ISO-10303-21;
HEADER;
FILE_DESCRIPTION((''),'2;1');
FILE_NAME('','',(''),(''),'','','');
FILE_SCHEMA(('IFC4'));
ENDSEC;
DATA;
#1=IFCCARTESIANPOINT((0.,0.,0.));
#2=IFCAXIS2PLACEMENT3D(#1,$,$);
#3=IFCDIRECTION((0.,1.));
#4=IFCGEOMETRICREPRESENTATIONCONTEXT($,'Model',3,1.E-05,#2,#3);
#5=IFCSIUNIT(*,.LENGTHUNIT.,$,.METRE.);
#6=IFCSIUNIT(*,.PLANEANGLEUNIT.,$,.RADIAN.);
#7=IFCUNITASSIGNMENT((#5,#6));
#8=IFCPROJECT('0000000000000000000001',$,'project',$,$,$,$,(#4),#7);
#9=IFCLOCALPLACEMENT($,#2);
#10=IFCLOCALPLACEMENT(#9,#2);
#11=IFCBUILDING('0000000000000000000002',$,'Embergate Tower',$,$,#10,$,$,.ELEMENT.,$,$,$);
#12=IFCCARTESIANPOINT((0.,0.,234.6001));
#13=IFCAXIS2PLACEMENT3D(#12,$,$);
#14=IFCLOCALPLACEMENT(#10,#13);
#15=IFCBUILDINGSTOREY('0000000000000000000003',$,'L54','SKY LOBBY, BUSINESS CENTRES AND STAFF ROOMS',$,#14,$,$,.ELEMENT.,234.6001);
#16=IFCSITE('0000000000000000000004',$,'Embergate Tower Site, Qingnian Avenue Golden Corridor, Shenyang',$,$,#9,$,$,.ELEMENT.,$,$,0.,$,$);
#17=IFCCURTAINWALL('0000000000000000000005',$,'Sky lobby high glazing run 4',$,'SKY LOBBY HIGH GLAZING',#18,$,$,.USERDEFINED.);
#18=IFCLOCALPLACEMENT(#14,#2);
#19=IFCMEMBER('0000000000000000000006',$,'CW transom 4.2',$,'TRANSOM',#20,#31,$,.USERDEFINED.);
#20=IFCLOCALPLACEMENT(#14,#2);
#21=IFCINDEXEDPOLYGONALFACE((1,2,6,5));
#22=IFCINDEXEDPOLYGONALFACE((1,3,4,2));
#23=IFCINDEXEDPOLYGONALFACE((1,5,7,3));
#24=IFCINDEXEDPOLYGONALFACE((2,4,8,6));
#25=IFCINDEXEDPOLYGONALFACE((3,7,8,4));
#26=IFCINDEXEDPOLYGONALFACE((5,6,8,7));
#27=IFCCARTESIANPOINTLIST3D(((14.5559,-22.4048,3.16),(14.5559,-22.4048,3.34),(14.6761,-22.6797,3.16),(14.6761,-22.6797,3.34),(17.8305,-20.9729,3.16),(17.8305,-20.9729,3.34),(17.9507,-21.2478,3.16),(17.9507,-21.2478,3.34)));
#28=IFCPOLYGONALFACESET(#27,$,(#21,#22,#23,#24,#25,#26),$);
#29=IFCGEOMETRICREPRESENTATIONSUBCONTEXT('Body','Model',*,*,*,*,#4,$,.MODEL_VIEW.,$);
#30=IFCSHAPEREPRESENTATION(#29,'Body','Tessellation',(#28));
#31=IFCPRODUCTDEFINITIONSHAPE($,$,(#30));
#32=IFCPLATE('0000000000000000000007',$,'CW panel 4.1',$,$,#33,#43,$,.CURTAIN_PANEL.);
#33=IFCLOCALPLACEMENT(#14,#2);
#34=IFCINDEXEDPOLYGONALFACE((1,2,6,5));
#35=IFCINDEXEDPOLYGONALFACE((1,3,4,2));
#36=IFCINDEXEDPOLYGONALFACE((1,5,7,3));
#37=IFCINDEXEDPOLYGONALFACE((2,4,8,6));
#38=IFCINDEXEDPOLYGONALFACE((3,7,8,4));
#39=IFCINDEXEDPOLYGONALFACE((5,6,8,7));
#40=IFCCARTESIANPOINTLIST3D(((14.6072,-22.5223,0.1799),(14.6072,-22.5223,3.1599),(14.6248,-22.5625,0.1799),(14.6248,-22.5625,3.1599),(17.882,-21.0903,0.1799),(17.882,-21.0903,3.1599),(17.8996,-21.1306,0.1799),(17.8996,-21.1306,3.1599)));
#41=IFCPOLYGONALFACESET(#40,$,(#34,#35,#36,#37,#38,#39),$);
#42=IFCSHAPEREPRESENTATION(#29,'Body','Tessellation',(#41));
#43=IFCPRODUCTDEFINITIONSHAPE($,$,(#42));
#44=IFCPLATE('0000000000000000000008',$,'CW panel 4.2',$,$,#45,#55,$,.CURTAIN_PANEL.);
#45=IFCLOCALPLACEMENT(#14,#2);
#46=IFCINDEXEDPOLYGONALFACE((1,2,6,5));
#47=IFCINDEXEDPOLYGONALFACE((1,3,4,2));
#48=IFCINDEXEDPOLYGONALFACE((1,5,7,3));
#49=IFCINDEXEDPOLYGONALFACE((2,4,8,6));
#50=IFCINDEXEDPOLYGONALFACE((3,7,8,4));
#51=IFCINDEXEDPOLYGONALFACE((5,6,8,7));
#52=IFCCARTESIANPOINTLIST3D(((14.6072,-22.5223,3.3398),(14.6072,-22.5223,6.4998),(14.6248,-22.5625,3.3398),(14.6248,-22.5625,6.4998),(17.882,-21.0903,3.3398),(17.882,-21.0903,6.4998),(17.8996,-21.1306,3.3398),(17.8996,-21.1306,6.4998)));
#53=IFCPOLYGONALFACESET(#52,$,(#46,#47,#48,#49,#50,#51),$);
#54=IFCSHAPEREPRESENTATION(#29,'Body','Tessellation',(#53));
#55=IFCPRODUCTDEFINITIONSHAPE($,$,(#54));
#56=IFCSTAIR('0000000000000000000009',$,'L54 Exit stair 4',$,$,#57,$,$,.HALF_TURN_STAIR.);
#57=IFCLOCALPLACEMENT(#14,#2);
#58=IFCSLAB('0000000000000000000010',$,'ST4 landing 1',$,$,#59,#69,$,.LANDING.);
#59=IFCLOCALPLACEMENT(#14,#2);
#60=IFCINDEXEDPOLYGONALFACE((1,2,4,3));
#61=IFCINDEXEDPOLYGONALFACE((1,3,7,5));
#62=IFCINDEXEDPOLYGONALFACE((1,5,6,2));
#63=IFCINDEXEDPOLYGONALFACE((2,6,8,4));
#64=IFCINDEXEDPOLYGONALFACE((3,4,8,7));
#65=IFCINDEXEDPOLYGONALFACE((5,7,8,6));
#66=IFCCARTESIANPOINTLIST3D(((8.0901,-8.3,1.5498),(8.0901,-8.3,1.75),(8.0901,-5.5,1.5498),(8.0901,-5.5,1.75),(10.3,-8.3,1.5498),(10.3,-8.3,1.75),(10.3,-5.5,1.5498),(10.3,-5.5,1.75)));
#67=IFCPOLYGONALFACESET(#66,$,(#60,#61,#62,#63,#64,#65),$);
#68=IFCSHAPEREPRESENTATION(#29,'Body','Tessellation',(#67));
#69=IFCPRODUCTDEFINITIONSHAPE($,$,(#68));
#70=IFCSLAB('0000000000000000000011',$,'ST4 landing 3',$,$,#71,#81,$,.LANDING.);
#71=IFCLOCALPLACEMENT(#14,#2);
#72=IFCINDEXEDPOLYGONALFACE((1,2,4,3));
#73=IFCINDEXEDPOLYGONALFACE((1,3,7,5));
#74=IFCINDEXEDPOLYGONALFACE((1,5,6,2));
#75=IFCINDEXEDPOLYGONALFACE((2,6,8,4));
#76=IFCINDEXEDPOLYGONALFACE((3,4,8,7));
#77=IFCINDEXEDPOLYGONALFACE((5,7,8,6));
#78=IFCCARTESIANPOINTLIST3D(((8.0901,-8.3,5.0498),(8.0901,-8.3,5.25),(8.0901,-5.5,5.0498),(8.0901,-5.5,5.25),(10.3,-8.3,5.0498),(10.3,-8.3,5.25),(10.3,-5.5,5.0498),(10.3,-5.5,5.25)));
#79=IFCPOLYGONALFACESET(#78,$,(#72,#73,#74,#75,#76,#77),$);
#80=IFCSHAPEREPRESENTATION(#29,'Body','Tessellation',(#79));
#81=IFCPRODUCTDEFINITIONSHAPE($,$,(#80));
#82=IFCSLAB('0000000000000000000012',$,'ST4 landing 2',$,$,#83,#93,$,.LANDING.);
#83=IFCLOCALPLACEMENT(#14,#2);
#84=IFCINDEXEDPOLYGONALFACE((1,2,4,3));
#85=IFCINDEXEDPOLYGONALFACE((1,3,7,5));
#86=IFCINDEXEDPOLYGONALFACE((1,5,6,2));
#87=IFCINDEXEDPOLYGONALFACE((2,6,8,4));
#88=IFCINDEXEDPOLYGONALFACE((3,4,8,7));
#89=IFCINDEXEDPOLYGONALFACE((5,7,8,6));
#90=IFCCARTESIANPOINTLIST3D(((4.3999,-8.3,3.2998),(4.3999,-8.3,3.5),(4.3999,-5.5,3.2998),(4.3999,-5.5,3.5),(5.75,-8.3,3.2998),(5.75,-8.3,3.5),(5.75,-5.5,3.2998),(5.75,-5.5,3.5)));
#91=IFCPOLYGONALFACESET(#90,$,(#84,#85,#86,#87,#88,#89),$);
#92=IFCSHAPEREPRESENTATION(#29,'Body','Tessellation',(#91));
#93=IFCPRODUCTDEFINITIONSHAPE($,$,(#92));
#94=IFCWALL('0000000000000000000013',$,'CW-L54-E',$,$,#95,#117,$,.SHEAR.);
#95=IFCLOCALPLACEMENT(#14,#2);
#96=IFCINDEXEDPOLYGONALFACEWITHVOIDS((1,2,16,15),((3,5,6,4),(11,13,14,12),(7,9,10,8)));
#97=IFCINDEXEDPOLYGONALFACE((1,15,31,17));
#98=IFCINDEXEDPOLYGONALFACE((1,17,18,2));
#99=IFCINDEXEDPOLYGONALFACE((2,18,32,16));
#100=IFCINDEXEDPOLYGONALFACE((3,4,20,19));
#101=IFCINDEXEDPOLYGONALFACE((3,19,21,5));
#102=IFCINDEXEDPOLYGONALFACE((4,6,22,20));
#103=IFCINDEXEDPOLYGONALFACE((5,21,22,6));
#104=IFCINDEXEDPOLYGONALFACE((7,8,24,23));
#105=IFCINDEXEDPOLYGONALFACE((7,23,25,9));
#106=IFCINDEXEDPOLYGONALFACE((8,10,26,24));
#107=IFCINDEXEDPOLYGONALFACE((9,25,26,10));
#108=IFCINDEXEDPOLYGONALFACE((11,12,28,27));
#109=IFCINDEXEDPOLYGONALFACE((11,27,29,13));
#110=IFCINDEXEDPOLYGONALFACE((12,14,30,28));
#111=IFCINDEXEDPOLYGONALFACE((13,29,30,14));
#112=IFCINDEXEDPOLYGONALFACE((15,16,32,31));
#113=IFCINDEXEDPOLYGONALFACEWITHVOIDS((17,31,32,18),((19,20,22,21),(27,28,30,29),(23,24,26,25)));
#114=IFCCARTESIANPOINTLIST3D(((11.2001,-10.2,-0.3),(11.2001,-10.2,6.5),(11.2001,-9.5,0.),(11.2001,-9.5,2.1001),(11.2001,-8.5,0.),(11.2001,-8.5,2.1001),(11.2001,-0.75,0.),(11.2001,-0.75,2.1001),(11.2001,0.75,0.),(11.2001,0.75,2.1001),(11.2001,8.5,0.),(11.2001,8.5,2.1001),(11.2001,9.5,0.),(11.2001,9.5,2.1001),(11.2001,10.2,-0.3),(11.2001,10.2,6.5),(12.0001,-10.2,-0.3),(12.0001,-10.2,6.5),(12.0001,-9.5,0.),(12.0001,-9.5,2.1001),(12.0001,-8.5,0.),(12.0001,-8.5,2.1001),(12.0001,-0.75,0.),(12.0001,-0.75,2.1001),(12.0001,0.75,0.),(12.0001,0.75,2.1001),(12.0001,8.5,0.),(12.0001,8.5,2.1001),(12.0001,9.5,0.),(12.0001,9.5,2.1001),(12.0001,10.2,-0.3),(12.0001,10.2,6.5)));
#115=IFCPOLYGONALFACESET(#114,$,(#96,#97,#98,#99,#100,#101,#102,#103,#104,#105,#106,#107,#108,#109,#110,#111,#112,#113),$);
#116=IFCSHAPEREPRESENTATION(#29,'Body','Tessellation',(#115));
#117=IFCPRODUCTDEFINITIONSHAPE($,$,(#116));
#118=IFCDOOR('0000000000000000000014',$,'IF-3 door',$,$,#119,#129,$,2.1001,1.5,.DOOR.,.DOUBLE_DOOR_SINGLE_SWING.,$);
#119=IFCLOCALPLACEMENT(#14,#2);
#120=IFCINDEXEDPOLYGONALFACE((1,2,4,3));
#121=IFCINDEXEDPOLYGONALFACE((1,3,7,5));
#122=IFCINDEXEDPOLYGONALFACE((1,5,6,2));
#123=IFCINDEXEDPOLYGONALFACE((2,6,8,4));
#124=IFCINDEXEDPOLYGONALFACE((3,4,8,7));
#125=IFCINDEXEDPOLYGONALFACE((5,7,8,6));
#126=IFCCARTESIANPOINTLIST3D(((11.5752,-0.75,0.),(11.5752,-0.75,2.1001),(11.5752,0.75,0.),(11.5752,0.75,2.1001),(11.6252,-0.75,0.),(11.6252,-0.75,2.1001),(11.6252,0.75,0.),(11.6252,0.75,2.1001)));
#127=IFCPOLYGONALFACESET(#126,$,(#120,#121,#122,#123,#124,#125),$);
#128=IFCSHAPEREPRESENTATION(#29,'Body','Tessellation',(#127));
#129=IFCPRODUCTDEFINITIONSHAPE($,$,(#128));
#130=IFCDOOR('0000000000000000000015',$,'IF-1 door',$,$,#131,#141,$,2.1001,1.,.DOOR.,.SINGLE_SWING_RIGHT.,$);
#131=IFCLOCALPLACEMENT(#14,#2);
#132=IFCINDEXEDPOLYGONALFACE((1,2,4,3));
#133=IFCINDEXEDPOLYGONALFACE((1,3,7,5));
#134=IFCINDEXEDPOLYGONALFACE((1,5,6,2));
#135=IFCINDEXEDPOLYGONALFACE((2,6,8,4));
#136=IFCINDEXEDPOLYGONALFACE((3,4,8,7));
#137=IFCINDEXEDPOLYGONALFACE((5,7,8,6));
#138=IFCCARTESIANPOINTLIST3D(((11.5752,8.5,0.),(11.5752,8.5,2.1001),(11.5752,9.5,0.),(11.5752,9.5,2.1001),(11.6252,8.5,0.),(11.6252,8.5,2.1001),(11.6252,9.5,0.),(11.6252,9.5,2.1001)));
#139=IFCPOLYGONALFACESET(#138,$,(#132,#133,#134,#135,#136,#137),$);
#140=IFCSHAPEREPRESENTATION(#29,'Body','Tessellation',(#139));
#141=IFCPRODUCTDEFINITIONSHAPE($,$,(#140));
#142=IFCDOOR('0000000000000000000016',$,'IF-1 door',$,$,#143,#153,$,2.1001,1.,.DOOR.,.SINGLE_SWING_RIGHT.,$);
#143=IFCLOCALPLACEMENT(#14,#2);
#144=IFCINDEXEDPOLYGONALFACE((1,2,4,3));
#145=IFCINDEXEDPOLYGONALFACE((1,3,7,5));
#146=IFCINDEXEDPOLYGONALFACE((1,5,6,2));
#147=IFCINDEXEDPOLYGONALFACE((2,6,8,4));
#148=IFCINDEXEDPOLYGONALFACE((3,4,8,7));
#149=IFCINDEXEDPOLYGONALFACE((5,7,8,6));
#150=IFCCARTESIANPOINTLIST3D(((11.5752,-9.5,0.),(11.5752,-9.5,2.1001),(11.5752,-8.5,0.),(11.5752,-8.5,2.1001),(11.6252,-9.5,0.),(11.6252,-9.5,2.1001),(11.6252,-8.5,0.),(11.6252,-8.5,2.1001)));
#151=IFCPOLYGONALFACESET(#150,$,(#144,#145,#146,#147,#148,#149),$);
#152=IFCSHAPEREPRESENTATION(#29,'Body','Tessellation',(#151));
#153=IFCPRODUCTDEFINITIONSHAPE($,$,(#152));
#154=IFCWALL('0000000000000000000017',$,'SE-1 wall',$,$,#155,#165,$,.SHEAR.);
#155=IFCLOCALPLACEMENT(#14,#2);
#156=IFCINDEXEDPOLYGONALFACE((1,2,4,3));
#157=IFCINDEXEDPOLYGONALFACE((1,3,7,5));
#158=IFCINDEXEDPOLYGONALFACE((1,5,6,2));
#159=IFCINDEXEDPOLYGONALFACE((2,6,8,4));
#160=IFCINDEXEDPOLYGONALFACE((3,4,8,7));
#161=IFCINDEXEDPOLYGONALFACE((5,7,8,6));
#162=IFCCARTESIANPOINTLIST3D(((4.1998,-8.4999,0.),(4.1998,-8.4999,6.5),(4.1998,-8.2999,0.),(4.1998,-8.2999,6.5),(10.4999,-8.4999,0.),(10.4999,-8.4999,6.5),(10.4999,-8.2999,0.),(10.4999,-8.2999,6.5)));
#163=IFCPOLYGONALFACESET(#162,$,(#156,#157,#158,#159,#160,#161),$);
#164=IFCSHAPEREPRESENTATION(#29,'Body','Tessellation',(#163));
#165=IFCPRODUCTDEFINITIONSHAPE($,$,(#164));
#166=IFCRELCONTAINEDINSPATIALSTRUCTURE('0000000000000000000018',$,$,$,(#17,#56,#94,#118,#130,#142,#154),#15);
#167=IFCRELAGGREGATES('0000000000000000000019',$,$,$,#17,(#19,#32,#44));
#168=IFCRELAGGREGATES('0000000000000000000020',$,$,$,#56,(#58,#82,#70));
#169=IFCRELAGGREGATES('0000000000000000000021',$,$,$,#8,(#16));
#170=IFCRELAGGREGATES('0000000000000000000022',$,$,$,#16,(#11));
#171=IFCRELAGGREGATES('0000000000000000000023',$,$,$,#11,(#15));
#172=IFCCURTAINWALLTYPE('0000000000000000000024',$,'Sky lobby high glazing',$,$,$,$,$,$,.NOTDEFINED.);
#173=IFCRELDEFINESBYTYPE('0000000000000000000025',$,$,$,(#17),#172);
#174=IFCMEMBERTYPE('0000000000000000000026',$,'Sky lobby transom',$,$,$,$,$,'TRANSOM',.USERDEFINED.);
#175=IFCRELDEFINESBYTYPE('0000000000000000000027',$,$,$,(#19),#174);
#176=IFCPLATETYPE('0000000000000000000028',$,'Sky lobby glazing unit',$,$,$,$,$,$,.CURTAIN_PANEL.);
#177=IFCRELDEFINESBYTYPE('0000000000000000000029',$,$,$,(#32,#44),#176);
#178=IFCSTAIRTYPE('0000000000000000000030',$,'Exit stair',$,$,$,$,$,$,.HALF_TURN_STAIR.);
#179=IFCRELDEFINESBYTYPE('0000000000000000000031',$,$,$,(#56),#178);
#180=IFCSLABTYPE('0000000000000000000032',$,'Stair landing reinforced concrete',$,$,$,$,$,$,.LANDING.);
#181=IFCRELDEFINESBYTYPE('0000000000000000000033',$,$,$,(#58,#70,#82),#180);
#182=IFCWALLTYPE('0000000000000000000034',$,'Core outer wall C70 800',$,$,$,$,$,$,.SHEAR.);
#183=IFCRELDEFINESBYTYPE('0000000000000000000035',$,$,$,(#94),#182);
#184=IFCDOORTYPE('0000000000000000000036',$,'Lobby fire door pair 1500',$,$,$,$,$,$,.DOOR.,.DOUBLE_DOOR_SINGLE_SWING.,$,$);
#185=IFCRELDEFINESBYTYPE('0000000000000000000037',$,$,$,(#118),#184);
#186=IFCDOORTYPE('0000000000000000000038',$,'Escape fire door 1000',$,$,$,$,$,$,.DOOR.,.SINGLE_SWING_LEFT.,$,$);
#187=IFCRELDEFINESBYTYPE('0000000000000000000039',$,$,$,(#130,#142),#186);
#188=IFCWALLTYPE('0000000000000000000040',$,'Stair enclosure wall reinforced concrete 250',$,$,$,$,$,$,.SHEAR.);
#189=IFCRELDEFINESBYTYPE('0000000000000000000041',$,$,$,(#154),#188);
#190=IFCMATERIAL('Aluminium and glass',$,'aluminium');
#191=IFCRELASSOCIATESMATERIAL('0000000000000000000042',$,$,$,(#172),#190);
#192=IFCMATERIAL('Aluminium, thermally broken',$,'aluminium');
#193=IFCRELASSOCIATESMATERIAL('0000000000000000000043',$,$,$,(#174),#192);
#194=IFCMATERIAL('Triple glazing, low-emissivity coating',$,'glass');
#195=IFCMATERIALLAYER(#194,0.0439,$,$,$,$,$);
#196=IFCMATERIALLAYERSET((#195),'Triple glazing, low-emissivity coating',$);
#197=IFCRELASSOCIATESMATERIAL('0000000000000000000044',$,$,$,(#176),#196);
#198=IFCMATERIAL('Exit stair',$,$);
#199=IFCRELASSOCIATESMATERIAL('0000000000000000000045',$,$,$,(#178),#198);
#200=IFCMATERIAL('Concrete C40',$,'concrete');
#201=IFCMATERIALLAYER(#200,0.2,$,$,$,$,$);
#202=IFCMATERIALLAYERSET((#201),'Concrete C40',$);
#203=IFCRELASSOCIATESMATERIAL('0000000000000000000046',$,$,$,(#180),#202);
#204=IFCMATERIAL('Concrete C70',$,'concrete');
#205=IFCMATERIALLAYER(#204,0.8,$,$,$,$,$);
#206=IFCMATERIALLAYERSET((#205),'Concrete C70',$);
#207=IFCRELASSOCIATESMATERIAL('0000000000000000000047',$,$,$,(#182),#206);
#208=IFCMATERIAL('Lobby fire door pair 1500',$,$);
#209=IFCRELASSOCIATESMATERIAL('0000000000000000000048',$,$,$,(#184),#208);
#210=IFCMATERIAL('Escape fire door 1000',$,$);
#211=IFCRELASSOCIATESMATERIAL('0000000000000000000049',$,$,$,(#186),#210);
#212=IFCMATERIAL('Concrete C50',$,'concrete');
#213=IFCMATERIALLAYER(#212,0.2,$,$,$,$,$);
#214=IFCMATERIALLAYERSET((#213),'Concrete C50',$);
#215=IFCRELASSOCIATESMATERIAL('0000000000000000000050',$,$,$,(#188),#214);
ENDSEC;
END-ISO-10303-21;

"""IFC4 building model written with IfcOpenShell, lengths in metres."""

from ifc_helpers import new_model, si_unit, direction, frame, frame_2d, origin, origin_2d, place, context, subcontext, project, spatial, polyline, rectangle, outline, extrude, source, transform, mapped, material, layer, layer_set, material_profile, profile_set, type_object, element, fill, aggregate, save


model = new_model("IFC4")

# Units and contexts
model_context = context("Model", 3, precision=1e-05, world=origin(), true_north=direction((0.0, 1.0)))
body_context = subcontext(model_context, "Body", "Model", "MODEL_VIEW")
ifc_project = project(units=[si_unit("LENGTHUNIT", "METRE"), si_unit("PLANEANGLEUNIT", "RADIAN")], contexts=[model_context])

# Site, building, storey
site_placement = place(None, origin())
site = spatial("IfcSite", under=ifc_project, at=site_placement, Name="Embergate Tower Site, Qingnian Avenue Golden Corridor, Shenyang", CompositionType="ELEMENT", RefElevation=0.0)
building_placement = place(site_placement, origin())
building = spatial("IfcBuilding", under=site, at=building_placement, Name="Embergate Tower", CompositionType="ELEMENT")
storey_placement = place(building_placement, frame((0.0, 0.0, 234.6001)))
storey = spatial("IfcBuildingStorey", under=building, at=storey_placement, Name="L54", Description="SKY LOBBY, BUSINESS CENTRES AND STAFF ROOMS", CompositionType="ELEMENT", Elevation=234.6001)

# Curtain wall, member, plates
ifc_material_1 = material(Name="Aluminium and glass", Category="aluminium")
curtain_wall_type = type_object("IfcCurtainWallType", Name="Sky lobby high glazing", PredefinedType="NOTDEFINED", material=ifc_material_1)
curtain_wall_placement = place(storey_placement, origin())
curtain_wall = element("IfcCurtainWall", 1, at=curtain_wall_placement, inside=storey, type_object=curtain_wall_type, Name="Sky lobby high glazing run 4", ObjectType="SKY LOBBY HIGH GLAZING", PredefinedType="USERDEFINED")
ifc_material_2 = material(Name="Aluminium, thermally broken", Category="aluminium")
ifc_material_profile = material_profile(ifc_material_2, rectangle(XDim=0.3, YDim=0.1799, at=origin_2d()), Name="AL 180x300")
ifc_profile_set = profile_set([ifc_material_profile], Name="Aluminium, thermally broken")
member_type = type_object("IfcMemberType", Name="Sky lobby transom", ElementType="TRANSOM", PredefinedType="USERDEFINED", material=ifc_profile_set)
shared_shape_1 = source(origin(), body_context, "Body", "SweptSolid", [
    extrude(rectangle(XDim=0.3, YDim=0.1799, at=origin_2d()), origin(), (0.0, 0.0, 1.0), 3.574),
])
member_placement = place(storey_placement, frame((14.616, -22.5422, 3.25), z_axis=(0.916237, 0.400636, 0.0), x_axis=(-0.400636, 0.916237, 0.0)))
member = element("IfcMember", 2, at=member_placement, type_object=member_type, Name="CW transom 4.2", ObjectType="TRANSOM", PredefinedType="USERDEFINED", context=body_context, shape_type="MappedRepresentation", body=[
    mapped(shared_shape_1, transform((0.0, 0.0, 0.0))),
])
ifc_material_3 = material(Name="Triple glazing, low-emissivity coating", Category="glass")
ifc_layer_1 = layer(ifc_material_3, 0.0439)
ifc_layer_set_1 = layer_set([ifc_layer_1], Name="Triple glazing, low-emissivity coating")
plate_type = type_object("IfcPlateType", Name="Sky lobby glazing unit", PredefinedType="CURTAIN_PANEL", material=ifc_layer_set_1)
shared_shape_2 = source(origin(), body_context, "Body", "SweptSolid", [
    extrude(rectangle(XDim=3.5742, YDim=0.0439, at=origin_2d()), origin(), (0.0, 0.0, 1.0), 2.98),
])
plate_1_placement = place(storey_placement, frame((16.2534, -21.8264, 0.1799), z_axis=(0.0, 0.0, 1.0), x_axis=(0.916236, 0.400638, 0.0)))
plate_1 = element("IfcPlate", 3, at=plate_1_placement, type_object=plate_type, Name="CW panel 4.1", PredefinedType="CURTAIN_PANEL", context=body_context, shape_type="MappedRepresentation", body=[
    mapped(shared_shape_2, transform((0.0, 0.0, 0.0))),
])
shared_shape_3 = source(origin(), body_context, "Body", "SweptSolid", [
    extrude(rectangle(XDim=3.5742, YDim=0.0439, at=origin_2d()), origin(), (0.0, 0.0, 1.0), 3.1599),
])
plate_2_placement = place(storey_placement, frame((16.2534, -21.8264, 3.3398), z_axis=(0.0, 0.0, 1.0), x_axis=(0.916236, 0.400638, 0.0)))
plate_2 = element("IfcPlate", 4, at=plate_2_placement, type_object=plate_type, Name="CW panel 4.2", PredefinedType="CURTAIN_PANEL", context=body_context, shape_type="MappedRepresentation", body=[
    mapped(shared_shape_3, transform((0.0, 0.0, 0.0))),
])
aggregate(curtain_wall, [member, plate_1, plate_2])

# Stair, slabs
ifc_material_4 = material(Name="Exit stair")
stair_type = type_object("IfcStairType", Name="Exit stair", PredefinedType="HALF_TURN_STAIR", material=ifc_material_4)
stair_placement = place(storey_placement, origin())
stair = element("IfcStair", 5, at=stair_placement, inside=storey, type_object=stair_type, Name="L54 Exit stair 4", PredefinedType="HALF_TURN_STAIR")
ifc_material_5 = material(Name="Concrete C40", Category="concrete")
ifc_layer_2 = layer(ifc_material_5, 0.2)
ifc_layer_set_2 = layer_set([ifc_layer_2], Name="Concrete C40")
slab_type = type_object("IfcSlabType", Name="Stair landing reinforced concrete", PredefinedType="LANDING", material=ifc_layer_set_2)
shared_shape_4 = source(origin(), body_context, "Body", "SweptSolid", [
    extrude(outline(polyline([(0.0, 0.0), (2.21, 0.0), (2.21, 2.8), (0.0, 2.8), (0.0, 0.0)])), origin(), (0.0, 0.0, 1.0), 0.2002),
])
slab_1_placement = place(storey_placement, frame((8.0901, -8.3, 1.5498)))
slab_1 = element("IfcSlab", 6, at=slab_1_placement, type_object=slab_type, Name="ST4 landing 1", PredefinedType="LANDING", context=body_context, shape_type="MappedRepresentation", body=[
    mapped(shared_shape_4, transform((0.0, 0.0, 0.0))),
])
slab_2_placement = place(storey_placement, frame((8.0901, -8.3, 5.0498)))
slab_2 = element("IfcSlab", 7, at=slab_2_placement, type_object=slab_type, Name="ST4 landing 3", PredefinedType="LANDING", context=body_context, shape_type="MappedRepresentation", body=[
    mapped(shared_shape_4, transform((0.0, 0.0, 0.0))),
])
shared_shape_5 = source(origin(), body_context, "Body", "SweptSolid", [
    extrude(outline(polyline([(0.0, 0.0), (1.3501, 0.0), (1.3501, 2.8), (0.0, 2.8), (0.0, 0.0)])), origin(), (0.0, 0.0, 1.0), 0.2002),
])
slab_3_placement = place(storey_placement, frame((4.3999, -8.3, 3.2998)))
slab_3 = element("IfcSlab", 8, at=slab_3_placement, type_object=slab_type, Name="ST4 landing 2", PredefinedType="LANDING", context=body_context, shape_type="MappedRepresentation", body=[
    mapped(shared_shape_5, transform((0.0, 0.0, 0.0))),
])

# Wall, openings, doors
ifc_material_6 = material(Name="Concrete C70", Category="concrete")
ifc_layer_3 = layer(ifc_material_6, 0.8)
ifc_layer_set_3 = layer_set([ifc_layer_3], Name="Concrete C70")
wall_type_1 = type_object("IfcWallType", Name="Core outer wall C70 800", PredefinedType="SHEAR", material=ifc_layer_set_3)
shared_shape_6 = source(origin(), body_context, "Body", "SweptSolid", [
    extrude(rectangle(XDim=20.3999, YDim=0.8, at=frame_2d((10.2, 0.0))), origin(), (0.0, 0.0, 1.0), 6.8),
])
wall_1_placement = place(storey_placement, frame((11.6001, -10.2, -0.3), z_axis=(0.0, 0.0, 1.0), x_axis=(0.0, 1.0, 0.0)))
wall_1 = element("IfcWall", 9, at=wall_1_placement, inside=storey, type_object=wall_type_1, Name="CW-L54-E", PredefinedType="SHEAR", context=body_context, shape_type="MappedRepresentation", body=[
    mapped(shared_shape_6, transform((0.0, 0.0, 0.0))),
])
shared_shape_7 = source(origin(), body_context, "Body", "SweptSolid", [
    extrude(rectangle(XDim=1.0, YDim=2.1001, at=frame_2d((0.5, 1.05))), frame((0.0, 0.4099, 0.0), z_axis=(0.0, -1.0, 0.0), x_axis=(1.0, 0.0, 0.0)), (0.0, 0.0, 1.0), 0.8201),
])
opening_1_placement = place(wall_1_placement, frame((18.7, 0.0, 0.3)))
opening_1 = element("IfcOpeningElement", 10, at=opening_1_placement, cuts=wall_1, PredefinedType="OPENING", context=body_context, shape_type="MappedRepresentation", body=[
    mapped(shared_shape_7, transform((0.0, 0.0, 0.0))),
])
opening_2_placement = place(wall_1_placement, frame((0.7, 0.0, 0.3)))
opening_2 = element("IfcOpeningElement", 11, at=opening_2_placement, cuts=wall_1, PredefinedType="OPENING", context=body_context, shape_type="MappedRepresentation", body=[
    mapped(shared_shape_7, transform((0.0, 0.0, 0.0))),
])
shared_shape_8 = source(origin(), body_context, "Body", "SweptSolid", [
    extrude(rectangle(XDim=1.5, YDim=2.1001, at=frame_2d((0.75, 1.05))), frame((0.0, 0.4099, 0.0), z_axis=(0.0, -1.0, 0.0), x_axis=(1.0, 0.0, 0.0)), (0.0, 0.0, 1.0), 0.8201),
])
opening_3_placement = place(wall_1_placement, frame((9.45, 0.0, 0.3)))
opening_3 = element("IfcOpeningElement", 12, at=opening_3_placement, cuts=wall_1, PredefinedType="OPENING", context=body_context, shape_type="MappedRepresentation", body=[
    mapped(shared_shape_8, transform((0.0, 0.0, 0.0))),
])
ifc_material_7 = material(Name="Lobby fire door pair 1500")
door_type_1 = type_object("IfcDoorType", Name="Lobby fire door pair 1500", OperationType="DOUBLE_DOOR_SINGLE_SWING", PredefinedType="DOOR", material=ifc_material_7)
shared_shape_9 = source(origin(), body_context, "Body", "SweptSolid", [
    extrude(rectangle(XDim=1.5, YDim=2.1001, at=frame_2d((0.75, 1.05))), frame((0.0, 0.0249, 0.0), z_axis=(0.0, -1.0, 0.0), x_axis=(1.0, 0.0, 0.0)), (0.0, 0.0, 1.0), 0.05),
])
door_1_placement = place(opening_3_placement, origin())
door_1 = element("IfcDoor", 13, at=door_1_placement, inside=storey, type_object=door_type_1, Name="IF-3 door", OperationType="DOUBLE_DOOR_SINGLE_SWING", OverallHeight=2.1001, OverallWidth=1.5, PredefinedType="DOOR", context=body_context, shape_type="MappedRepresentation", body=[
    mapped(shared_shape_9, transform((0.0, 0.0, 0.0))),
])
fill(opening_3, door_1)
ifc_material_8 = material(Name="Escape fire door 1000")
door_type_2 = type_object("IfcDoorType", Name="Escape fire door 1000", OperationType="SINGLE_SWING_LEFT", PredefinedType="DOOR", material=ifc_material_8)
shared_shape_10 = source(origin(), body_context, "Body", "SweptSolid", [
    extrude(rectangle(XDim=1.0, YDim=2.1001, at=frame_2d((0.5, 1.05))), frame((0.0, 0.0249, 0.0), z_axis=(0.0, -1.0, 0.0), x_axis=(1.0, 0.0, 0.0)), (0.0, 0.0, 1.0), 0.05),
])
door_2_placement = place(opening_1_placement, origin())
door_2 = element("IfcDoor", 14, at=door_2_placement, inside=storey, type_object=door_type_2, Name="IF-1 door", OperationType="SINGLE_SWING_RIGHT", OverallHeight=2.1001, OverallWidth=1.0, PredefinedType="DOOR", context=body_context, shape_type="MappedRepresentation", body=[
    mapped(shared_shape_10, transform((0.0, 0.0, 0.0))),
])
fill(opening_1, door_2)
door_3_placement = place(opening_2_placement, origin())
door_3 = element("IfcDoor", 15, at=door_3_placement, inside=storey, type_object=door_type_2, Name="IF-1 door", OperationType="SINGLE_SWING_RIGHT", OverallHeight=2.1001, OverallWidth=1.0, PredefinedType="DOOR", context=body_context, shape_type="MappedRepresentation", body=[
    mapped(shared_shape_10, transform((0.0, 0.0, 0.0))),
])
fill(opening_2, door_3)

# Wall
ifc_material_9 = material(Name="Concrete C50", Category="concrete")
ifc_layer_4 = layer(ifc_material_9, 0.2)
ifc_layer_set_4 = layer_set([ifc_layer_4], Name="Concrete C50")
wall_type_2 = type_object("IfcWallType", Name="Stair enclosure wall reinforced concrete 250", PredefinedType="SHEAR", material=ifc_layer_set_4)
shared_shape_11 = source(origin(), body_context, "Body", "SweptSolid", [
    extrude(rectangle(XDim=6.3, YDim=0.2, at=frame_2d((3.1499, 0.0))), origin(), (0.0, 0.0, 1.0), 6.5),
])
wall_2_placement = place(storey_placement, frame((4.2, -8.3999, 0.0), z_axis=(0.0, 0.0, 1.0), x_axis=(1.0, 0.0, 0.0)))
element("IfcWall", 16, at=wall_2_placement, inside=storey, type_object=wall_type_2, Name="SE-1 wall", PredefinedType="SHEAR", context=body_context, shape_type="MappedRepresentation", body=[
    mapped(shared_shape_11, transform((0.0, 0.0, 0.0))),
])

aggregate(stair, [slab_1, slab_3, slab_2])

save(model, "model.ifc")
